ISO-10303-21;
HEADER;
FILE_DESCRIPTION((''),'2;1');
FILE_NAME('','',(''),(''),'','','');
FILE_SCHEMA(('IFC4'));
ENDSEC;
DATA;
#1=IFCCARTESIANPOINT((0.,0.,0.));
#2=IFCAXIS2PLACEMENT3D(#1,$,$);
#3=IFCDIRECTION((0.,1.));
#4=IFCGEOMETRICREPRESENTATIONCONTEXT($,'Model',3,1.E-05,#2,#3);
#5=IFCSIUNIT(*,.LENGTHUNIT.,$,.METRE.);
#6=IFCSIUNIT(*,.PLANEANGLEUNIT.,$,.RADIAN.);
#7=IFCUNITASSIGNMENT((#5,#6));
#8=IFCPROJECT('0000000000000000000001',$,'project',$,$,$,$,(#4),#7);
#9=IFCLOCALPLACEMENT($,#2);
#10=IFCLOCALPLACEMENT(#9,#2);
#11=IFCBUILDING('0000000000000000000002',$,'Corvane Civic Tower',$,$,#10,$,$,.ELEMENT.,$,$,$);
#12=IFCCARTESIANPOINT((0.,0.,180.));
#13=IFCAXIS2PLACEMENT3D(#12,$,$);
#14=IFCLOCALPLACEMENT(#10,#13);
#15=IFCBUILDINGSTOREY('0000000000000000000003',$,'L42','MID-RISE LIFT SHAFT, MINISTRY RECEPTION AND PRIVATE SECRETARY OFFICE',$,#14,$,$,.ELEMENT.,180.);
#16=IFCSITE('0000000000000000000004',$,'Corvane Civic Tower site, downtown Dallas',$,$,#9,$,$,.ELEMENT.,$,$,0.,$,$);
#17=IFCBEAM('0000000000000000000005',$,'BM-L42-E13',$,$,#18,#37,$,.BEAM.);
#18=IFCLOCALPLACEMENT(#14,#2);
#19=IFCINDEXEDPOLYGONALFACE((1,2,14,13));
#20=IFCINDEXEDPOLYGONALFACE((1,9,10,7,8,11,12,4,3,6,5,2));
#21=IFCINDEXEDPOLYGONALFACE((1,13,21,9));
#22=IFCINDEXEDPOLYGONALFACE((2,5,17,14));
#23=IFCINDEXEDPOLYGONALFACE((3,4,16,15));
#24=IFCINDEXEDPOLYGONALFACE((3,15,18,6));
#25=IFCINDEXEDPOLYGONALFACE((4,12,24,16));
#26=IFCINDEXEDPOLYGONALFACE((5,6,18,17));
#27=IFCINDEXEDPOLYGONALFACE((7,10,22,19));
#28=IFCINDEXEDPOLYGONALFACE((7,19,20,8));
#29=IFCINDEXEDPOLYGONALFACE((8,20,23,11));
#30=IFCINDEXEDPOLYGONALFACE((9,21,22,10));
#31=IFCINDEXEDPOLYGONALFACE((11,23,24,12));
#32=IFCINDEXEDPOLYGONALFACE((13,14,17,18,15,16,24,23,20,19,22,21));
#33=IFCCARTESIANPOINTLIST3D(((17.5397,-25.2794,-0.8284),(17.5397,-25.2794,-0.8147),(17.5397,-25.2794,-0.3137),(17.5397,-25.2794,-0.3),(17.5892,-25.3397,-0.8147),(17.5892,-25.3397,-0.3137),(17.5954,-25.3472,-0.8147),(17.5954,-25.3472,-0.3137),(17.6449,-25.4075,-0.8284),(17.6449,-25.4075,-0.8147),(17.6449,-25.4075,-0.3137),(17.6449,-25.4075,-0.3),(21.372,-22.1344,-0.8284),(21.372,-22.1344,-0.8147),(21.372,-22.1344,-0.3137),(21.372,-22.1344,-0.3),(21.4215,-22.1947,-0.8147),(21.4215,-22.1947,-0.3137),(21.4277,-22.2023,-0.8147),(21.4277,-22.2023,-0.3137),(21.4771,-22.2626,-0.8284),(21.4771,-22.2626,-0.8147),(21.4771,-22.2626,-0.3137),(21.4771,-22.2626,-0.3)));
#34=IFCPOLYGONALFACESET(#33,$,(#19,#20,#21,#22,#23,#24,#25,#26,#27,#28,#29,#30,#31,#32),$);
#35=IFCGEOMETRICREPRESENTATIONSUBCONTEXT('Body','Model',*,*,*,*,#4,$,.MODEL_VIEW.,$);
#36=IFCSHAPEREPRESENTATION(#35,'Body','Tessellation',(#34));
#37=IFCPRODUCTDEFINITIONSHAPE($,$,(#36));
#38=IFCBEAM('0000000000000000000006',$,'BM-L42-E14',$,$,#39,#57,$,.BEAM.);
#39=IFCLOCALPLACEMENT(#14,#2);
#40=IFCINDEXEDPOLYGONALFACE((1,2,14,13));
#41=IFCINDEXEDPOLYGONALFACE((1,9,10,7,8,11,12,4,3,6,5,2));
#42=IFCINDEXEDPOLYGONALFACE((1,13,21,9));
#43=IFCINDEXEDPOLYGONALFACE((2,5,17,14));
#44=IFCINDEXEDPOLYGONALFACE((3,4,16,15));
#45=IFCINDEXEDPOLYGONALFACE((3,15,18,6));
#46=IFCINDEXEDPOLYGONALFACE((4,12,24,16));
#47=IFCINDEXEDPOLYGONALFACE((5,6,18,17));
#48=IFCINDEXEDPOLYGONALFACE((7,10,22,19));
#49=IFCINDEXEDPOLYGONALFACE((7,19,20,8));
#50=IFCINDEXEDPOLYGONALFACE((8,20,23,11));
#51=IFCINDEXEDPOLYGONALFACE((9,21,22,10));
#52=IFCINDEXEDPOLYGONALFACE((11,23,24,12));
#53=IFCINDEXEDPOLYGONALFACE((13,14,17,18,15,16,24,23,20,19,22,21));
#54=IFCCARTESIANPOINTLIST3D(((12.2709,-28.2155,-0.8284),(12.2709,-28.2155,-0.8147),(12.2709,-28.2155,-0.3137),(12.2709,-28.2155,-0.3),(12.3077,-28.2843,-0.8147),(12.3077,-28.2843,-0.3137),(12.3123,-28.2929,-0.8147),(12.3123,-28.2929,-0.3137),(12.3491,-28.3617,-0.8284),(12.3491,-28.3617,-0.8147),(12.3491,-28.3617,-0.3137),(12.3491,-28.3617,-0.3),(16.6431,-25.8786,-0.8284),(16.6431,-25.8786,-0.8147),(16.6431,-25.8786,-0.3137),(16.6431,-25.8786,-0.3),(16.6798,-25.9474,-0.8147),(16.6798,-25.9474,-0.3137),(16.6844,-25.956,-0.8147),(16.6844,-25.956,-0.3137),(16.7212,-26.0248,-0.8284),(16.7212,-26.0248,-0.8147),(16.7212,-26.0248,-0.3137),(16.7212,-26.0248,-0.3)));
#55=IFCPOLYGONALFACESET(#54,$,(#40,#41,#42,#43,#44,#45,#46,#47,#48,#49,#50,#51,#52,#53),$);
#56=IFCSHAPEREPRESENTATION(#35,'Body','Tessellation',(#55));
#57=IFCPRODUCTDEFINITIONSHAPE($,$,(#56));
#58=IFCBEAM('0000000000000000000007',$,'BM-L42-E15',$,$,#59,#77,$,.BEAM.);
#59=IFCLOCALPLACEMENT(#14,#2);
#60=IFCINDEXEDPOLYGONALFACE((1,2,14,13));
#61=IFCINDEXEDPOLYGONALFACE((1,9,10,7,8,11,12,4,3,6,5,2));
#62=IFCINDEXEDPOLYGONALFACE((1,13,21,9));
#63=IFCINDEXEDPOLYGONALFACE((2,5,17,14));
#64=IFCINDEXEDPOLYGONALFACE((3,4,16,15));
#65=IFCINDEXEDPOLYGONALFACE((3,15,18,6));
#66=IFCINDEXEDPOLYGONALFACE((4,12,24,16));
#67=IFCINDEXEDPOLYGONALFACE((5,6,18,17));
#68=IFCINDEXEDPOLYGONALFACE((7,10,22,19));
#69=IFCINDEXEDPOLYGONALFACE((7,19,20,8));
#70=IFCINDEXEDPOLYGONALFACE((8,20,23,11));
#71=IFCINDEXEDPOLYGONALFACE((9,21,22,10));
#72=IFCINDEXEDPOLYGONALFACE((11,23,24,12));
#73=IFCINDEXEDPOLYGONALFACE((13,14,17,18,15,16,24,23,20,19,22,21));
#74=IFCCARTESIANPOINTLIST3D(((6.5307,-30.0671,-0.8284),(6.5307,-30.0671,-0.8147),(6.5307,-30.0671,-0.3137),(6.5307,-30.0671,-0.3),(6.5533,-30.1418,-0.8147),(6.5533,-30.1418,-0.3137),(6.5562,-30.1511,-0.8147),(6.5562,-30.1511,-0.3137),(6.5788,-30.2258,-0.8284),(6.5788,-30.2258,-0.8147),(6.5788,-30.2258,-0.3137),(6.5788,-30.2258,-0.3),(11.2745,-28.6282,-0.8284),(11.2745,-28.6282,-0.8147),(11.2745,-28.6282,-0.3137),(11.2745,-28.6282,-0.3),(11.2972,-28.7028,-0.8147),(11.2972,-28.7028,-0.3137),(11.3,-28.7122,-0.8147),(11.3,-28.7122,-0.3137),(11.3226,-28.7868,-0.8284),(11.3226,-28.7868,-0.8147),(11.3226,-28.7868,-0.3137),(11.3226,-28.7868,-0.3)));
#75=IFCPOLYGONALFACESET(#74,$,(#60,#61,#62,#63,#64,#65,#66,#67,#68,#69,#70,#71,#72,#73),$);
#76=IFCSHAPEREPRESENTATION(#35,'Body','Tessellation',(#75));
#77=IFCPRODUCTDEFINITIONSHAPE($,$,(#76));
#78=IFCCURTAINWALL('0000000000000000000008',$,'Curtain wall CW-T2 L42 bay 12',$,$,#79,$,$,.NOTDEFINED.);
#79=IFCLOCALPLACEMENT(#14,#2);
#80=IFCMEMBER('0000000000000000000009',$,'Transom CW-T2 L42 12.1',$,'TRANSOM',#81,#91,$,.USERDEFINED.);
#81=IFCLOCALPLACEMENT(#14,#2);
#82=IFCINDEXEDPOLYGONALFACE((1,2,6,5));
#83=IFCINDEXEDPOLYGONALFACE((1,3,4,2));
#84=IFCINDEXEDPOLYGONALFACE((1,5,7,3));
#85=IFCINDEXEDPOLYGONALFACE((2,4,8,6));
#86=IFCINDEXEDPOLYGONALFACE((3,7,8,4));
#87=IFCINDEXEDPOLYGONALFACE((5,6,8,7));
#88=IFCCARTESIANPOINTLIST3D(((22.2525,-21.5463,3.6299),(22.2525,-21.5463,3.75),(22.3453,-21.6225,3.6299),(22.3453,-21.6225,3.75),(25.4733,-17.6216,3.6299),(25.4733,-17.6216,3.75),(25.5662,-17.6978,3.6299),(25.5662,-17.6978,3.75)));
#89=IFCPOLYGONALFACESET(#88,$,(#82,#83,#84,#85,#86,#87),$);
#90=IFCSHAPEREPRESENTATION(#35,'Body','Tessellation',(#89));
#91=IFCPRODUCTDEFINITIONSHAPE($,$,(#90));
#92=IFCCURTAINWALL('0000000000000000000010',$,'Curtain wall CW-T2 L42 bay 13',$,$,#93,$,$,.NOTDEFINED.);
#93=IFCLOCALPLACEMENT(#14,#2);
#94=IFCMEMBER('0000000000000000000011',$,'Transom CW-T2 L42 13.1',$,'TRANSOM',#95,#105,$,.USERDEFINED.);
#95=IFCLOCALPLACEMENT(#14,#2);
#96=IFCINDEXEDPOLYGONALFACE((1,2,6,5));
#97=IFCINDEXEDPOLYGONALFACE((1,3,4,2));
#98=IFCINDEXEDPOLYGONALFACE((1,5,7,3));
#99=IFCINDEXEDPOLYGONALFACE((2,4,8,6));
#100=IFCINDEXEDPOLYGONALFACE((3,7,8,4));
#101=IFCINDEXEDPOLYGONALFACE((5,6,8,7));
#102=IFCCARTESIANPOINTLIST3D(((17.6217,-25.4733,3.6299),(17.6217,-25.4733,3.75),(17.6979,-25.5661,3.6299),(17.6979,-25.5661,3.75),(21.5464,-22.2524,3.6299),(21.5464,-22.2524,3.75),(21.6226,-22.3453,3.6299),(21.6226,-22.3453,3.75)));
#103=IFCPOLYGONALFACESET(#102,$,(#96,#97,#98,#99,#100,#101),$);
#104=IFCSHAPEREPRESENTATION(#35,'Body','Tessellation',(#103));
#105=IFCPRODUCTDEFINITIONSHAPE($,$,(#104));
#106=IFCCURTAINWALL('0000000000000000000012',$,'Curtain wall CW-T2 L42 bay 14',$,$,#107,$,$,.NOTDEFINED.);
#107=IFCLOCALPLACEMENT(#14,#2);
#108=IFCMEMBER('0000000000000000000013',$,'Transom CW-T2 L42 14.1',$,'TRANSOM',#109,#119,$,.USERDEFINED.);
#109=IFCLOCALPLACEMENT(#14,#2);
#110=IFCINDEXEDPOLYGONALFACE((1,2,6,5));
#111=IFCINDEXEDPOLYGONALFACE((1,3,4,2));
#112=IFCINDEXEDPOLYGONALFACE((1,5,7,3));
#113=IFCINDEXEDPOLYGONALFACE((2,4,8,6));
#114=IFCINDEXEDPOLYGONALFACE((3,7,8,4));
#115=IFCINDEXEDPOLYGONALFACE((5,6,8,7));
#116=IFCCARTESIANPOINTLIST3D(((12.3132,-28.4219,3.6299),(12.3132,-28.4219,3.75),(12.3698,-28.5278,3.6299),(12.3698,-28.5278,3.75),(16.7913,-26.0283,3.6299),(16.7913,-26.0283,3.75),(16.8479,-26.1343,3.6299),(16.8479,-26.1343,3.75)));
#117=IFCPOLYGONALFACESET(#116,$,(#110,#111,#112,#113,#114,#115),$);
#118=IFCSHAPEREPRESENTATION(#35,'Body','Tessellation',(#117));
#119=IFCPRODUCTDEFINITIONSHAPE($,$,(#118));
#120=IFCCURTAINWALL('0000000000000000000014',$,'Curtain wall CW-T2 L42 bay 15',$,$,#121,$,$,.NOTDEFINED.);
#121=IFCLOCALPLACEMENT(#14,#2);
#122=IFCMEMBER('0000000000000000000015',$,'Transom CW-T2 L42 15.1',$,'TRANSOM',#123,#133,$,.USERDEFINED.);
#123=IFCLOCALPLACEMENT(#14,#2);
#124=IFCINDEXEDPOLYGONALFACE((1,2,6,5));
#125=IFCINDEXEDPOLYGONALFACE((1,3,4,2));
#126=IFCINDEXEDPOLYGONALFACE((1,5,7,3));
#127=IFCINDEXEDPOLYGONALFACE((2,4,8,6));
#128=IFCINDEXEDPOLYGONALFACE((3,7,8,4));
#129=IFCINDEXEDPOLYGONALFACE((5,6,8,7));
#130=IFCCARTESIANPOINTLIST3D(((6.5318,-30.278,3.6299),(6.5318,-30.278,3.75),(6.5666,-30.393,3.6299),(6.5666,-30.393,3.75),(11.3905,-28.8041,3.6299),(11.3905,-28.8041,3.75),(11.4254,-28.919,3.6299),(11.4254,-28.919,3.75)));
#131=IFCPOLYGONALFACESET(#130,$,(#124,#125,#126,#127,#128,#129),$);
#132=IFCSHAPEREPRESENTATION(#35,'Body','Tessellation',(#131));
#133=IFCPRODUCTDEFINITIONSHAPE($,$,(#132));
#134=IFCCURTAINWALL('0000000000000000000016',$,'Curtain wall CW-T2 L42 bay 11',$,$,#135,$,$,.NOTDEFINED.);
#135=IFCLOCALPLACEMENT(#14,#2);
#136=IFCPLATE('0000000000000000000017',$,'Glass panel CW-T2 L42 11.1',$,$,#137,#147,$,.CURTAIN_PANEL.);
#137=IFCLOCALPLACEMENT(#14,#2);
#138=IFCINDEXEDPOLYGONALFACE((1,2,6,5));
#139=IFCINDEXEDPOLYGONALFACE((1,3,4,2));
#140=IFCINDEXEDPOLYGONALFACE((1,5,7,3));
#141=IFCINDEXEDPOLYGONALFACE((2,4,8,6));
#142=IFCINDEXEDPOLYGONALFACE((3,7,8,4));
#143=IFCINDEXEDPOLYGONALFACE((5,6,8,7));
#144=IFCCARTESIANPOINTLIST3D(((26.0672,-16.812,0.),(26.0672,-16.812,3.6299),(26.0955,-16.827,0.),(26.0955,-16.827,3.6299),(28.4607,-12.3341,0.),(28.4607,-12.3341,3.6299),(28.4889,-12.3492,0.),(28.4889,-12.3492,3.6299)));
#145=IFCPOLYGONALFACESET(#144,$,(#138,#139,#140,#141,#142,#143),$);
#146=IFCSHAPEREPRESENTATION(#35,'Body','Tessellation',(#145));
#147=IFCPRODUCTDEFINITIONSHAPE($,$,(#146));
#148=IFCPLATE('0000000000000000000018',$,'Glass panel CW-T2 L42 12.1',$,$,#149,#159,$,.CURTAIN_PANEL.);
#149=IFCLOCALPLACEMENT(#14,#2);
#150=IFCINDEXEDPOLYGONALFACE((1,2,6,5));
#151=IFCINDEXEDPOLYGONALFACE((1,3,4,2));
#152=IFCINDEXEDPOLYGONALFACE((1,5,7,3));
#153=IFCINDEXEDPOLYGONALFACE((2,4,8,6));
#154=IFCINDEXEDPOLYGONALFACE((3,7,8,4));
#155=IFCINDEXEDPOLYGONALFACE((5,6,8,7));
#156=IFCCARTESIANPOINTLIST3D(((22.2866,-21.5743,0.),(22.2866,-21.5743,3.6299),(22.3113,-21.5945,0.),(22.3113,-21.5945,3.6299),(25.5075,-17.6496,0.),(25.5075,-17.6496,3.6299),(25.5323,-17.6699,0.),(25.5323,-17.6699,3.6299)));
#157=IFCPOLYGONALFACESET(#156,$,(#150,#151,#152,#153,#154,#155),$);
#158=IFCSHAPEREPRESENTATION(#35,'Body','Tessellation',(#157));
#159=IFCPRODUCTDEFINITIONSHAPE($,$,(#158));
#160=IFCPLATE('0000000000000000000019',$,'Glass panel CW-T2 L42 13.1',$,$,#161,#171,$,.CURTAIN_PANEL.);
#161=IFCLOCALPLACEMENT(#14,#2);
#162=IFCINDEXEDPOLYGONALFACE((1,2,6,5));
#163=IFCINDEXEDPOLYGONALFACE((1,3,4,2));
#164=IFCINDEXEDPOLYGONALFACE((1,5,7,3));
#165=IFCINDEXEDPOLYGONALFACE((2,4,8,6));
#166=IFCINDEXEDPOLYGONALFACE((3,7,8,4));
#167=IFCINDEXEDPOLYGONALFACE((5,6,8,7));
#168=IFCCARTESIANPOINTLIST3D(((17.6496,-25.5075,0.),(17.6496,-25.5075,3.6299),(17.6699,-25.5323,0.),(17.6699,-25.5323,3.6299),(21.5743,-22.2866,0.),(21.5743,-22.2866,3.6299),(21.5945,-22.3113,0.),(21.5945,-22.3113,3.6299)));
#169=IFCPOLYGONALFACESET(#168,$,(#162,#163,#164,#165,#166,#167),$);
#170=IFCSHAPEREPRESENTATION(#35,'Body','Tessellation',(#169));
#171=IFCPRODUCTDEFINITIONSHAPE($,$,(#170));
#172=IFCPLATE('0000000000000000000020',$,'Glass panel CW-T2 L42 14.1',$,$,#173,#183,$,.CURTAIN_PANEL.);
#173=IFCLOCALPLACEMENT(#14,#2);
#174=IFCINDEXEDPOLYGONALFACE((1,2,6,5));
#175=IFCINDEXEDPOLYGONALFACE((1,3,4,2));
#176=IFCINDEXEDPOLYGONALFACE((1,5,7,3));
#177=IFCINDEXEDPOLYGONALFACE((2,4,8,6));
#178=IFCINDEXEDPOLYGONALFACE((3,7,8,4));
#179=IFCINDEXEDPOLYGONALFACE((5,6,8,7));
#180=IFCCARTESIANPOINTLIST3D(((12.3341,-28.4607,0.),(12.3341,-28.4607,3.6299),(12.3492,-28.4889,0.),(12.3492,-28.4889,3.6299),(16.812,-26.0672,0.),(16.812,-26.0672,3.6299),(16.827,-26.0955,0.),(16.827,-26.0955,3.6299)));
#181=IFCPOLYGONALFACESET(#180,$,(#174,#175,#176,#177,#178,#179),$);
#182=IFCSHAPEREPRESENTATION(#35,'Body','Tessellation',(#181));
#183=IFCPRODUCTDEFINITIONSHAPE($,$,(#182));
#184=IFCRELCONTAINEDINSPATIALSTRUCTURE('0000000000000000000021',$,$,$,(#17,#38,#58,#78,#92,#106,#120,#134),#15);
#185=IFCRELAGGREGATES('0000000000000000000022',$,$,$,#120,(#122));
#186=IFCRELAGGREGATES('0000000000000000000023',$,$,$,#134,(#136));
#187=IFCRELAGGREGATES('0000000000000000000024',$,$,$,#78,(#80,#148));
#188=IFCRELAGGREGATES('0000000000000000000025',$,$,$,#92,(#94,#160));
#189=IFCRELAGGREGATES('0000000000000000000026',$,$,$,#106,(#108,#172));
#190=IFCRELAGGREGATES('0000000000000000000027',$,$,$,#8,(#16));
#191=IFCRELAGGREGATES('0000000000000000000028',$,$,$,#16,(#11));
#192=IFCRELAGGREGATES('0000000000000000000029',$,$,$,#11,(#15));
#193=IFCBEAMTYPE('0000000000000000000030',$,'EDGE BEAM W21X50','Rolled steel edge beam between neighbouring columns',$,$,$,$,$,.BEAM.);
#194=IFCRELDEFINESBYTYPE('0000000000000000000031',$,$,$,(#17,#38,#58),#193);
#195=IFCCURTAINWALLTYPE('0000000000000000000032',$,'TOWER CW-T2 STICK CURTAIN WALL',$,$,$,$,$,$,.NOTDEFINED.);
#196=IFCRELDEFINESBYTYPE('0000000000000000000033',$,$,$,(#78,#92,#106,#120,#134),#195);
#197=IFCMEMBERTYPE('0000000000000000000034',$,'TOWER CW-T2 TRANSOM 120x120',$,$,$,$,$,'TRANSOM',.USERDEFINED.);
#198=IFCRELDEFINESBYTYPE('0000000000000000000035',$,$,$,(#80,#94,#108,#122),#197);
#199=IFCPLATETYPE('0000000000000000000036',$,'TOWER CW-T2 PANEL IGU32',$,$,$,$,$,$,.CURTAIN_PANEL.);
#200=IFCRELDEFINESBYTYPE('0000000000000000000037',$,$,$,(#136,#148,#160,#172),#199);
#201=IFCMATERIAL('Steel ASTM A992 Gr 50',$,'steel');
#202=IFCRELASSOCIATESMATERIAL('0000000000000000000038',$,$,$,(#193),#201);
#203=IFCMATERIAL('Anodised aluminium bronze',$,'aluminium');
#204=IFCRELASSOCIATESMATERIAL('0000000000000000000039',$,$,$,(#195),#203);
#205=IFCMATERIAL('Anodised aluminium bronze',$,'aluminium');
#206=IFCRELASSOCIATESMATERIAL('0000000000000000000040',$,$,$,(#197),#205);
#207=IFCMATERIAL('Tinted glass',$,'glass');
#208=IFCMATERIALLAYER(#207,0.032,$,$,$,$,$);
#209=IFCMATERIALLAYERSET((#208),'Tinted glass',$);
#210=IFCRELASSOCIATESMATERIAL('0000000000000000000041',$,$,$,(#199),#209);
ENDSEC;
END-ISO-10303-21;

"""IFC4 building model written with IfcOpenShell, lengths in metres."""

from ifc_helpers import new_model, si_unit, direction, frame, origin, origin_2d, place, context, subcontext, project, spatial, rectangle, i_section, extrude, material, layer, layer_set, material_profile, profile_set, type_object, element, aggregate, save


model = new_model("IFC4")

# Units and contexts
model_context = context("Model", 3, precision=1e-05, world=origin(), true_north=direction((0.0, 1.0)))
body_context = subcontext(model_context, "Body", "Model", "MODEL_VIEW")
ifc_project = project(units=[si_unit("LENGTHUNIT", "METRE"), si_unit("PLANEANGLEUNIT", "RADIAN")], contexts=[model_context])

# Site, building, storey
site_placement = place(None, origin())
site = spatial("IfcSite", under=ifc_project, at=site_placement, Name="Corvane Civic Tower site, downtown Dallas", CompositionType="ELEMENT", RefElevation=0.0)
building_placement = place(site_placement, origin())
building = spatial("IfcBuilding", under=site, at=building_placement, Name="Corvane Civic Tower", CompositionType="ELEMENT")
storey_placement = place(building_placement, frame((0.0, 0.0, 180.0)))
storey = spatial("IfcBuildingStorey", under=building, at=storey_placement, Name="L42", Description="MID-RISE LIFT SHAFT, MINISTRY RECEPTION AND PRIVATE SECRETARY OFFICE", CompositionType="ELEMENT", Elevation=180.0)

# Beams
ifc_material_1 = material(Name="Steel ASTM A992 Gr 50", Category="steel")
ifc_material_profile_1 = material_profile(ifc_material_1, i_section(OverallWidth=0.1658, OverallDepth=0.5283, WebThickness=0.0098, FlangeThickness=0.0137, at=origin_2d()), Name="W21X50")
ifc_profile_set_1 = profile_set([ifc_material_profile_1], Name="Steel ASTM A992 Gr 50")
beam_type = type_object("IfcBeamType", Name="EDGE BEAM W21X50", Description="Rolled steel edge beam between neighbouring columns", PredefinedType="BEAM", material=ifc_profile_set_1)
for number, where, z_axis, x_axis, name in (
    (1, (21.4246, -22.1985, -0.5642), (-0.773015, -0.634388, 0.0), (0.634388, -0.773015, 0.0), "BM-L42-E13"),
    (2, (16.6821, -25.9517, -0.5642), (-0.881922, -0.471396, 0.0), (0.471396, -0.881922, 0.0), "BM-L42-E14"),
):
    element("IfcBeam", number, at=place(storey_placement, frame(where, z_axis=z_axis, x_axis=x_axis)), inside=storey, type_object=beam_type, Name=name, PredefinedType="BEAM", context=body_context, shape_type="SweptSolid", body=[
        extrude(i_section(OverallWidth=0.1658, OverallDepth=0.5283, WebThickness=0.0098, FlangeThickness=0.0137, at=origin_2d()), origin(), (0.0, 0.0, 1.0), 4.9575),
    ])
beam_placement = place(storey_placement, frame((11.2986, -28.7075, -0.5642), z_axis=(-0.956945, -0.29027, 0.0), x_axis=(0.29027, -0.956945, 0.0)))
element("IfcBeam", 3, at=beam_placement, inside=storey, type_object=beam_type, Name="BM-L42-E15", PredefinedType="BEAM", context=body_context, shape_type="SweptSolid", body=[
    extrude(i_section(OverallWidth=0.1658, OverallDepth=0.5283, WebThickness=0.0098, FlangeThickness=0.0137, at=origin_2d()), origin(), (0.0, 0.0, 1.0), 4.9573),
])

# Curtain walls, members
ifc_material_2 = material(Name="Anodised aluminium bronze", Category="aluminium")
curtain_wall_type = type_object("IfcCurtainWallType", Name="TOWER CW-T2 STICK CURTAIN WALL", PredefinedType="NOTDEFINED", material=ifc_material_2)
curtain_wall_1_placement = place(storey_placement, origin())
curtain_wall_1 = element("IfcCurtainWall", 4, at=curtain_wall_1_placement, inside=storey, type_object=curtain_wall_type, Name="Curtain wall CW-T2 L42 bay 12", PredefinedType="NOTDEFINED")
ifc_material_3 = material(Name="Anodised aluminium bronze", Category="aluminium")
ifc_material_profile_2 = material_profile(ifc_material_3, rectangle(XDim=0.1201, YDim=0.1201, at=origin_2d()), Name="TOWER CW-T2 TRANSOM 120x120")
ifc_profile_set_2 = profile_set([ifc_material_profile_2], Name="Anodised aluminium bronze")
member_type = type_object("IfcMemberType", Name="TOWER CW-T2 TRANSOM 120x120", ElementType="TRANSOM", PredefinedType="USERDEFINED", material=ifc_profile_set_2)
member_1_placement = place(storey_placement, frame((25.5198, -17.6597, 3.6899), z_axis=(-0.634387, -0.773016, 0.0), x_axis=(0.773016, -0.634387, 0.0)))
member_1 = element("IfcMember", 5, at=member_1_placement, type_object=member_type, Name="Transom CW-T2 L42 12.1", ObjectType="TRANSOM", PredefinedType="USERDEFINED", context=body_context, shape_type="SweptSolid", body=[
    extrude(rectangle(XDim=0.1201, YDim=0.1201, at=origin_2d()), origin(), (0.0, 0.0, 1.0), 5.0771),
])
curtain_wall_2_placement = place(storey_placement, origin())
curtain_wall_2 = element("IfcCurtainWall", 6, at=curtain_wall_2_placement, inside=storey, type_object=curtain_wall_type, Name="Curtain wall CW-T2 L42 bay 13", PredefinedType="NOTDEFINED")
member_2_placement = place(storey_placement, frame((21.5845, -22.2988, 3.6899), z_axis=(-0.773016, -0.634387, 0.0), x_axis=(0.634387, -0.773016, 0.0)))
member_2 = element("IfcMember", 7, at=member_2_placement, type_object=member_type, Name="Transom CW-T2 L42 13.1", ObjectType="TRANSOM", PredefinedType="USERDEFINED", context=body_context, shape_type="SweptSolid", body=[
    extrude(rectangle(XDim=0.1201, YDim=0.1201, at=origin_2d()), origin(), (0.0, 0.0, 1.0), 5.0771),
])
curtain_wall_3_placement = place(storey_placement, origin())
curtain_wall_3 = element("IfcCurtainWall", 8, at=curtain_wall_3_placement, inside=storey, type_object=curtain_wall_type, Name="Curtain wall CW-T2 L42 bay 14", PredefinedType="NOTDEFINED")
member_3_placement = place(storey_placement, frame((16.8196, -26.0813, 3.6899), z_axis=(-0.881921, -0.471397, 0.0), x_axis=(0.471397, -0.881921, 0.0)))
member_3 = element("IfcMember", 9, at=member_3_placement, type_object=member_type, Name="Transom CW-T2 L42 14.1", ObjectType="TRANSOM", PredefinedType="USERDEFINED", context=body_context, shape_type="SweptSolid", body=[
    extrude(rectangle(XDim=0.1201, YDim=0.1201, at=origin_2d()), origin(), (0.0, 0.0, 1.0), 5.0776),
])
curtain_wall_4_placement = place(storey_placement, origin())
curtain_wall_4 = element("IfcCurtainWall", 10, at=curtain_wall_4_placement, inside=storey, type_object=curtain_wall_type, Name="Curtain wall CW-T2 L42 bay 15", PredefinedType="NOTDEFINED")
member_4_placement = place(storey_placement, frame((11.408, -28.8616, 3.6899), z_axis=(-0.956939, -0.290289, 0.0), x_axis=(0.290289, -0.956939, 0.0)))
member_4 = element("IfcMember", 11, at=member_4_placement, type_object=member_type, Name="Transom CW-T2 L42 15.1", ObjectType="TRANSOM", PredefinedType="USERDEFINED", context=body_context, shape_type="SweptSolid", body=[
    extrude(rectangle(XDim=0.1201, YDim=0.1201, at=origin_2d()), origin(), (0.0, 0.0, 1.0), 5.0774),
])
aggregate(curtain_wall_4, [member_4])

# Curtain wall, plate
curtain_wall_5_placement = place(storey_placement, origin())
curtain_wall_5 = element("IfcCurtainWall", 12, at=curtain_wall_5_placement, inside=storey, type_object=curtain_wall_type, Name="Curtain wall CW-T2 L42 bay 11", PredefinedType="NOTDEFINED")
ifc_material_4 = material(Name="Tinted glass", Category="glass")
ifc_layer_1 = layer(ifc_material_4, 0.032)
ifc_layer_set_1 = layer_set([ifc_layer_1], Name="Tinted glass")
plate_type = type_object("IfcPlateType", Name="TOWER CW-T2 PANEL IGU32", PredefinedType="CURTAIN_PANEL", material=ifc_layer_set_1)
plate_1_placement = place(storey_placement, frame((27.2781, -14.5806, 0.0), z_axis=(0.0, 0.0, 1.0), x_axis=(-0.471395, -0.881922, 0.0)))
plate_1 = element("IfcPlate", 13, at=plate_1_placement, type_object=plate_type, Name="Glass panel CW-T2 L42 11.1", PredefinedType="CURTAIN_PANEL", context=body_context, shape_type="SweptSolid", body=[
    extrude(rectangle(XDim=5.0774, YDim=0.032, at=origin_2d()), origin(), (0.0, 0.0, 1.0), 3.6299),
])
aggregate(curtain_wall_5, [plate_1])

# Plates
plate_2_placement = place(storey_placement, frame((23.9094, -19.6221, 0.0), z_axis=(0.0, 0.0, 1.0), x_axis=(-0.6344, -0.773005, 0.0)))
plate_2 = element("IfcPlate", 14, at=plate_2_placement, type_object=plate_type, Name="Glass panel CW-T2 L42 12.1", PredefinedType="CURTAIN_PANEL", context=body_context, shape_type="SweptSolid", body=[
    extrude(rectangle(XDim=5.0771, YDim=0.032, at=origin_2d()), origin(), (0.0, 0.0, 1.0), 3.6299),
])
aggregate(curtain_wall_1, [member_1, plate_2])
plate_3_placement = place(storey_placement, frame((19.6221, -23.9094, 0.0), z_axis=(0.0, 0.0, 1.0), x_axis=(-0.773005, -0.6344, 0.0)))
plate_3 = element("IfcPlate", 15, at=plate_3_placement, type_object=plate_type, Name="Glass panel CW-T2 L42 13.1", PredefinedType="CURTAIN_PANEL", context=body_context, shape_type="SweptSolid", body=[
    extrude(rectangle(XDim=5.0771, YDim=0.032, at=origin_2d()), origin(), (0.0, 0.0, 1.0), 3.6299),
])
aggregate(curtain_wall_2, [member_2, plate_3])
plate_4_placement = place(storey_placement, frame((14.5806, -27.2781, 0.0), z_axis=(0.0, 0.0, 1.0), x_axis=(-0.881922, -0.471395, 0.0)))
plate_4 = element("IfcPlate", 16, at=plate_4_placement, type_object=plate_type, Name="Glass panel CW-T2 L42 14.1", PredefinedType="CURTAIN_PANEL", context=body_context, shape_type="SweptSolid", body=[
    extrude(rectangle(XDim=5.0774, YDim=0.032, at=origin_2d()), origin(), (0.0, 0.0, 1.0), 3.6299),
])
aggregate(curtain_wall_3, [member_3, plate_4])

save(model, "model.ifc")
